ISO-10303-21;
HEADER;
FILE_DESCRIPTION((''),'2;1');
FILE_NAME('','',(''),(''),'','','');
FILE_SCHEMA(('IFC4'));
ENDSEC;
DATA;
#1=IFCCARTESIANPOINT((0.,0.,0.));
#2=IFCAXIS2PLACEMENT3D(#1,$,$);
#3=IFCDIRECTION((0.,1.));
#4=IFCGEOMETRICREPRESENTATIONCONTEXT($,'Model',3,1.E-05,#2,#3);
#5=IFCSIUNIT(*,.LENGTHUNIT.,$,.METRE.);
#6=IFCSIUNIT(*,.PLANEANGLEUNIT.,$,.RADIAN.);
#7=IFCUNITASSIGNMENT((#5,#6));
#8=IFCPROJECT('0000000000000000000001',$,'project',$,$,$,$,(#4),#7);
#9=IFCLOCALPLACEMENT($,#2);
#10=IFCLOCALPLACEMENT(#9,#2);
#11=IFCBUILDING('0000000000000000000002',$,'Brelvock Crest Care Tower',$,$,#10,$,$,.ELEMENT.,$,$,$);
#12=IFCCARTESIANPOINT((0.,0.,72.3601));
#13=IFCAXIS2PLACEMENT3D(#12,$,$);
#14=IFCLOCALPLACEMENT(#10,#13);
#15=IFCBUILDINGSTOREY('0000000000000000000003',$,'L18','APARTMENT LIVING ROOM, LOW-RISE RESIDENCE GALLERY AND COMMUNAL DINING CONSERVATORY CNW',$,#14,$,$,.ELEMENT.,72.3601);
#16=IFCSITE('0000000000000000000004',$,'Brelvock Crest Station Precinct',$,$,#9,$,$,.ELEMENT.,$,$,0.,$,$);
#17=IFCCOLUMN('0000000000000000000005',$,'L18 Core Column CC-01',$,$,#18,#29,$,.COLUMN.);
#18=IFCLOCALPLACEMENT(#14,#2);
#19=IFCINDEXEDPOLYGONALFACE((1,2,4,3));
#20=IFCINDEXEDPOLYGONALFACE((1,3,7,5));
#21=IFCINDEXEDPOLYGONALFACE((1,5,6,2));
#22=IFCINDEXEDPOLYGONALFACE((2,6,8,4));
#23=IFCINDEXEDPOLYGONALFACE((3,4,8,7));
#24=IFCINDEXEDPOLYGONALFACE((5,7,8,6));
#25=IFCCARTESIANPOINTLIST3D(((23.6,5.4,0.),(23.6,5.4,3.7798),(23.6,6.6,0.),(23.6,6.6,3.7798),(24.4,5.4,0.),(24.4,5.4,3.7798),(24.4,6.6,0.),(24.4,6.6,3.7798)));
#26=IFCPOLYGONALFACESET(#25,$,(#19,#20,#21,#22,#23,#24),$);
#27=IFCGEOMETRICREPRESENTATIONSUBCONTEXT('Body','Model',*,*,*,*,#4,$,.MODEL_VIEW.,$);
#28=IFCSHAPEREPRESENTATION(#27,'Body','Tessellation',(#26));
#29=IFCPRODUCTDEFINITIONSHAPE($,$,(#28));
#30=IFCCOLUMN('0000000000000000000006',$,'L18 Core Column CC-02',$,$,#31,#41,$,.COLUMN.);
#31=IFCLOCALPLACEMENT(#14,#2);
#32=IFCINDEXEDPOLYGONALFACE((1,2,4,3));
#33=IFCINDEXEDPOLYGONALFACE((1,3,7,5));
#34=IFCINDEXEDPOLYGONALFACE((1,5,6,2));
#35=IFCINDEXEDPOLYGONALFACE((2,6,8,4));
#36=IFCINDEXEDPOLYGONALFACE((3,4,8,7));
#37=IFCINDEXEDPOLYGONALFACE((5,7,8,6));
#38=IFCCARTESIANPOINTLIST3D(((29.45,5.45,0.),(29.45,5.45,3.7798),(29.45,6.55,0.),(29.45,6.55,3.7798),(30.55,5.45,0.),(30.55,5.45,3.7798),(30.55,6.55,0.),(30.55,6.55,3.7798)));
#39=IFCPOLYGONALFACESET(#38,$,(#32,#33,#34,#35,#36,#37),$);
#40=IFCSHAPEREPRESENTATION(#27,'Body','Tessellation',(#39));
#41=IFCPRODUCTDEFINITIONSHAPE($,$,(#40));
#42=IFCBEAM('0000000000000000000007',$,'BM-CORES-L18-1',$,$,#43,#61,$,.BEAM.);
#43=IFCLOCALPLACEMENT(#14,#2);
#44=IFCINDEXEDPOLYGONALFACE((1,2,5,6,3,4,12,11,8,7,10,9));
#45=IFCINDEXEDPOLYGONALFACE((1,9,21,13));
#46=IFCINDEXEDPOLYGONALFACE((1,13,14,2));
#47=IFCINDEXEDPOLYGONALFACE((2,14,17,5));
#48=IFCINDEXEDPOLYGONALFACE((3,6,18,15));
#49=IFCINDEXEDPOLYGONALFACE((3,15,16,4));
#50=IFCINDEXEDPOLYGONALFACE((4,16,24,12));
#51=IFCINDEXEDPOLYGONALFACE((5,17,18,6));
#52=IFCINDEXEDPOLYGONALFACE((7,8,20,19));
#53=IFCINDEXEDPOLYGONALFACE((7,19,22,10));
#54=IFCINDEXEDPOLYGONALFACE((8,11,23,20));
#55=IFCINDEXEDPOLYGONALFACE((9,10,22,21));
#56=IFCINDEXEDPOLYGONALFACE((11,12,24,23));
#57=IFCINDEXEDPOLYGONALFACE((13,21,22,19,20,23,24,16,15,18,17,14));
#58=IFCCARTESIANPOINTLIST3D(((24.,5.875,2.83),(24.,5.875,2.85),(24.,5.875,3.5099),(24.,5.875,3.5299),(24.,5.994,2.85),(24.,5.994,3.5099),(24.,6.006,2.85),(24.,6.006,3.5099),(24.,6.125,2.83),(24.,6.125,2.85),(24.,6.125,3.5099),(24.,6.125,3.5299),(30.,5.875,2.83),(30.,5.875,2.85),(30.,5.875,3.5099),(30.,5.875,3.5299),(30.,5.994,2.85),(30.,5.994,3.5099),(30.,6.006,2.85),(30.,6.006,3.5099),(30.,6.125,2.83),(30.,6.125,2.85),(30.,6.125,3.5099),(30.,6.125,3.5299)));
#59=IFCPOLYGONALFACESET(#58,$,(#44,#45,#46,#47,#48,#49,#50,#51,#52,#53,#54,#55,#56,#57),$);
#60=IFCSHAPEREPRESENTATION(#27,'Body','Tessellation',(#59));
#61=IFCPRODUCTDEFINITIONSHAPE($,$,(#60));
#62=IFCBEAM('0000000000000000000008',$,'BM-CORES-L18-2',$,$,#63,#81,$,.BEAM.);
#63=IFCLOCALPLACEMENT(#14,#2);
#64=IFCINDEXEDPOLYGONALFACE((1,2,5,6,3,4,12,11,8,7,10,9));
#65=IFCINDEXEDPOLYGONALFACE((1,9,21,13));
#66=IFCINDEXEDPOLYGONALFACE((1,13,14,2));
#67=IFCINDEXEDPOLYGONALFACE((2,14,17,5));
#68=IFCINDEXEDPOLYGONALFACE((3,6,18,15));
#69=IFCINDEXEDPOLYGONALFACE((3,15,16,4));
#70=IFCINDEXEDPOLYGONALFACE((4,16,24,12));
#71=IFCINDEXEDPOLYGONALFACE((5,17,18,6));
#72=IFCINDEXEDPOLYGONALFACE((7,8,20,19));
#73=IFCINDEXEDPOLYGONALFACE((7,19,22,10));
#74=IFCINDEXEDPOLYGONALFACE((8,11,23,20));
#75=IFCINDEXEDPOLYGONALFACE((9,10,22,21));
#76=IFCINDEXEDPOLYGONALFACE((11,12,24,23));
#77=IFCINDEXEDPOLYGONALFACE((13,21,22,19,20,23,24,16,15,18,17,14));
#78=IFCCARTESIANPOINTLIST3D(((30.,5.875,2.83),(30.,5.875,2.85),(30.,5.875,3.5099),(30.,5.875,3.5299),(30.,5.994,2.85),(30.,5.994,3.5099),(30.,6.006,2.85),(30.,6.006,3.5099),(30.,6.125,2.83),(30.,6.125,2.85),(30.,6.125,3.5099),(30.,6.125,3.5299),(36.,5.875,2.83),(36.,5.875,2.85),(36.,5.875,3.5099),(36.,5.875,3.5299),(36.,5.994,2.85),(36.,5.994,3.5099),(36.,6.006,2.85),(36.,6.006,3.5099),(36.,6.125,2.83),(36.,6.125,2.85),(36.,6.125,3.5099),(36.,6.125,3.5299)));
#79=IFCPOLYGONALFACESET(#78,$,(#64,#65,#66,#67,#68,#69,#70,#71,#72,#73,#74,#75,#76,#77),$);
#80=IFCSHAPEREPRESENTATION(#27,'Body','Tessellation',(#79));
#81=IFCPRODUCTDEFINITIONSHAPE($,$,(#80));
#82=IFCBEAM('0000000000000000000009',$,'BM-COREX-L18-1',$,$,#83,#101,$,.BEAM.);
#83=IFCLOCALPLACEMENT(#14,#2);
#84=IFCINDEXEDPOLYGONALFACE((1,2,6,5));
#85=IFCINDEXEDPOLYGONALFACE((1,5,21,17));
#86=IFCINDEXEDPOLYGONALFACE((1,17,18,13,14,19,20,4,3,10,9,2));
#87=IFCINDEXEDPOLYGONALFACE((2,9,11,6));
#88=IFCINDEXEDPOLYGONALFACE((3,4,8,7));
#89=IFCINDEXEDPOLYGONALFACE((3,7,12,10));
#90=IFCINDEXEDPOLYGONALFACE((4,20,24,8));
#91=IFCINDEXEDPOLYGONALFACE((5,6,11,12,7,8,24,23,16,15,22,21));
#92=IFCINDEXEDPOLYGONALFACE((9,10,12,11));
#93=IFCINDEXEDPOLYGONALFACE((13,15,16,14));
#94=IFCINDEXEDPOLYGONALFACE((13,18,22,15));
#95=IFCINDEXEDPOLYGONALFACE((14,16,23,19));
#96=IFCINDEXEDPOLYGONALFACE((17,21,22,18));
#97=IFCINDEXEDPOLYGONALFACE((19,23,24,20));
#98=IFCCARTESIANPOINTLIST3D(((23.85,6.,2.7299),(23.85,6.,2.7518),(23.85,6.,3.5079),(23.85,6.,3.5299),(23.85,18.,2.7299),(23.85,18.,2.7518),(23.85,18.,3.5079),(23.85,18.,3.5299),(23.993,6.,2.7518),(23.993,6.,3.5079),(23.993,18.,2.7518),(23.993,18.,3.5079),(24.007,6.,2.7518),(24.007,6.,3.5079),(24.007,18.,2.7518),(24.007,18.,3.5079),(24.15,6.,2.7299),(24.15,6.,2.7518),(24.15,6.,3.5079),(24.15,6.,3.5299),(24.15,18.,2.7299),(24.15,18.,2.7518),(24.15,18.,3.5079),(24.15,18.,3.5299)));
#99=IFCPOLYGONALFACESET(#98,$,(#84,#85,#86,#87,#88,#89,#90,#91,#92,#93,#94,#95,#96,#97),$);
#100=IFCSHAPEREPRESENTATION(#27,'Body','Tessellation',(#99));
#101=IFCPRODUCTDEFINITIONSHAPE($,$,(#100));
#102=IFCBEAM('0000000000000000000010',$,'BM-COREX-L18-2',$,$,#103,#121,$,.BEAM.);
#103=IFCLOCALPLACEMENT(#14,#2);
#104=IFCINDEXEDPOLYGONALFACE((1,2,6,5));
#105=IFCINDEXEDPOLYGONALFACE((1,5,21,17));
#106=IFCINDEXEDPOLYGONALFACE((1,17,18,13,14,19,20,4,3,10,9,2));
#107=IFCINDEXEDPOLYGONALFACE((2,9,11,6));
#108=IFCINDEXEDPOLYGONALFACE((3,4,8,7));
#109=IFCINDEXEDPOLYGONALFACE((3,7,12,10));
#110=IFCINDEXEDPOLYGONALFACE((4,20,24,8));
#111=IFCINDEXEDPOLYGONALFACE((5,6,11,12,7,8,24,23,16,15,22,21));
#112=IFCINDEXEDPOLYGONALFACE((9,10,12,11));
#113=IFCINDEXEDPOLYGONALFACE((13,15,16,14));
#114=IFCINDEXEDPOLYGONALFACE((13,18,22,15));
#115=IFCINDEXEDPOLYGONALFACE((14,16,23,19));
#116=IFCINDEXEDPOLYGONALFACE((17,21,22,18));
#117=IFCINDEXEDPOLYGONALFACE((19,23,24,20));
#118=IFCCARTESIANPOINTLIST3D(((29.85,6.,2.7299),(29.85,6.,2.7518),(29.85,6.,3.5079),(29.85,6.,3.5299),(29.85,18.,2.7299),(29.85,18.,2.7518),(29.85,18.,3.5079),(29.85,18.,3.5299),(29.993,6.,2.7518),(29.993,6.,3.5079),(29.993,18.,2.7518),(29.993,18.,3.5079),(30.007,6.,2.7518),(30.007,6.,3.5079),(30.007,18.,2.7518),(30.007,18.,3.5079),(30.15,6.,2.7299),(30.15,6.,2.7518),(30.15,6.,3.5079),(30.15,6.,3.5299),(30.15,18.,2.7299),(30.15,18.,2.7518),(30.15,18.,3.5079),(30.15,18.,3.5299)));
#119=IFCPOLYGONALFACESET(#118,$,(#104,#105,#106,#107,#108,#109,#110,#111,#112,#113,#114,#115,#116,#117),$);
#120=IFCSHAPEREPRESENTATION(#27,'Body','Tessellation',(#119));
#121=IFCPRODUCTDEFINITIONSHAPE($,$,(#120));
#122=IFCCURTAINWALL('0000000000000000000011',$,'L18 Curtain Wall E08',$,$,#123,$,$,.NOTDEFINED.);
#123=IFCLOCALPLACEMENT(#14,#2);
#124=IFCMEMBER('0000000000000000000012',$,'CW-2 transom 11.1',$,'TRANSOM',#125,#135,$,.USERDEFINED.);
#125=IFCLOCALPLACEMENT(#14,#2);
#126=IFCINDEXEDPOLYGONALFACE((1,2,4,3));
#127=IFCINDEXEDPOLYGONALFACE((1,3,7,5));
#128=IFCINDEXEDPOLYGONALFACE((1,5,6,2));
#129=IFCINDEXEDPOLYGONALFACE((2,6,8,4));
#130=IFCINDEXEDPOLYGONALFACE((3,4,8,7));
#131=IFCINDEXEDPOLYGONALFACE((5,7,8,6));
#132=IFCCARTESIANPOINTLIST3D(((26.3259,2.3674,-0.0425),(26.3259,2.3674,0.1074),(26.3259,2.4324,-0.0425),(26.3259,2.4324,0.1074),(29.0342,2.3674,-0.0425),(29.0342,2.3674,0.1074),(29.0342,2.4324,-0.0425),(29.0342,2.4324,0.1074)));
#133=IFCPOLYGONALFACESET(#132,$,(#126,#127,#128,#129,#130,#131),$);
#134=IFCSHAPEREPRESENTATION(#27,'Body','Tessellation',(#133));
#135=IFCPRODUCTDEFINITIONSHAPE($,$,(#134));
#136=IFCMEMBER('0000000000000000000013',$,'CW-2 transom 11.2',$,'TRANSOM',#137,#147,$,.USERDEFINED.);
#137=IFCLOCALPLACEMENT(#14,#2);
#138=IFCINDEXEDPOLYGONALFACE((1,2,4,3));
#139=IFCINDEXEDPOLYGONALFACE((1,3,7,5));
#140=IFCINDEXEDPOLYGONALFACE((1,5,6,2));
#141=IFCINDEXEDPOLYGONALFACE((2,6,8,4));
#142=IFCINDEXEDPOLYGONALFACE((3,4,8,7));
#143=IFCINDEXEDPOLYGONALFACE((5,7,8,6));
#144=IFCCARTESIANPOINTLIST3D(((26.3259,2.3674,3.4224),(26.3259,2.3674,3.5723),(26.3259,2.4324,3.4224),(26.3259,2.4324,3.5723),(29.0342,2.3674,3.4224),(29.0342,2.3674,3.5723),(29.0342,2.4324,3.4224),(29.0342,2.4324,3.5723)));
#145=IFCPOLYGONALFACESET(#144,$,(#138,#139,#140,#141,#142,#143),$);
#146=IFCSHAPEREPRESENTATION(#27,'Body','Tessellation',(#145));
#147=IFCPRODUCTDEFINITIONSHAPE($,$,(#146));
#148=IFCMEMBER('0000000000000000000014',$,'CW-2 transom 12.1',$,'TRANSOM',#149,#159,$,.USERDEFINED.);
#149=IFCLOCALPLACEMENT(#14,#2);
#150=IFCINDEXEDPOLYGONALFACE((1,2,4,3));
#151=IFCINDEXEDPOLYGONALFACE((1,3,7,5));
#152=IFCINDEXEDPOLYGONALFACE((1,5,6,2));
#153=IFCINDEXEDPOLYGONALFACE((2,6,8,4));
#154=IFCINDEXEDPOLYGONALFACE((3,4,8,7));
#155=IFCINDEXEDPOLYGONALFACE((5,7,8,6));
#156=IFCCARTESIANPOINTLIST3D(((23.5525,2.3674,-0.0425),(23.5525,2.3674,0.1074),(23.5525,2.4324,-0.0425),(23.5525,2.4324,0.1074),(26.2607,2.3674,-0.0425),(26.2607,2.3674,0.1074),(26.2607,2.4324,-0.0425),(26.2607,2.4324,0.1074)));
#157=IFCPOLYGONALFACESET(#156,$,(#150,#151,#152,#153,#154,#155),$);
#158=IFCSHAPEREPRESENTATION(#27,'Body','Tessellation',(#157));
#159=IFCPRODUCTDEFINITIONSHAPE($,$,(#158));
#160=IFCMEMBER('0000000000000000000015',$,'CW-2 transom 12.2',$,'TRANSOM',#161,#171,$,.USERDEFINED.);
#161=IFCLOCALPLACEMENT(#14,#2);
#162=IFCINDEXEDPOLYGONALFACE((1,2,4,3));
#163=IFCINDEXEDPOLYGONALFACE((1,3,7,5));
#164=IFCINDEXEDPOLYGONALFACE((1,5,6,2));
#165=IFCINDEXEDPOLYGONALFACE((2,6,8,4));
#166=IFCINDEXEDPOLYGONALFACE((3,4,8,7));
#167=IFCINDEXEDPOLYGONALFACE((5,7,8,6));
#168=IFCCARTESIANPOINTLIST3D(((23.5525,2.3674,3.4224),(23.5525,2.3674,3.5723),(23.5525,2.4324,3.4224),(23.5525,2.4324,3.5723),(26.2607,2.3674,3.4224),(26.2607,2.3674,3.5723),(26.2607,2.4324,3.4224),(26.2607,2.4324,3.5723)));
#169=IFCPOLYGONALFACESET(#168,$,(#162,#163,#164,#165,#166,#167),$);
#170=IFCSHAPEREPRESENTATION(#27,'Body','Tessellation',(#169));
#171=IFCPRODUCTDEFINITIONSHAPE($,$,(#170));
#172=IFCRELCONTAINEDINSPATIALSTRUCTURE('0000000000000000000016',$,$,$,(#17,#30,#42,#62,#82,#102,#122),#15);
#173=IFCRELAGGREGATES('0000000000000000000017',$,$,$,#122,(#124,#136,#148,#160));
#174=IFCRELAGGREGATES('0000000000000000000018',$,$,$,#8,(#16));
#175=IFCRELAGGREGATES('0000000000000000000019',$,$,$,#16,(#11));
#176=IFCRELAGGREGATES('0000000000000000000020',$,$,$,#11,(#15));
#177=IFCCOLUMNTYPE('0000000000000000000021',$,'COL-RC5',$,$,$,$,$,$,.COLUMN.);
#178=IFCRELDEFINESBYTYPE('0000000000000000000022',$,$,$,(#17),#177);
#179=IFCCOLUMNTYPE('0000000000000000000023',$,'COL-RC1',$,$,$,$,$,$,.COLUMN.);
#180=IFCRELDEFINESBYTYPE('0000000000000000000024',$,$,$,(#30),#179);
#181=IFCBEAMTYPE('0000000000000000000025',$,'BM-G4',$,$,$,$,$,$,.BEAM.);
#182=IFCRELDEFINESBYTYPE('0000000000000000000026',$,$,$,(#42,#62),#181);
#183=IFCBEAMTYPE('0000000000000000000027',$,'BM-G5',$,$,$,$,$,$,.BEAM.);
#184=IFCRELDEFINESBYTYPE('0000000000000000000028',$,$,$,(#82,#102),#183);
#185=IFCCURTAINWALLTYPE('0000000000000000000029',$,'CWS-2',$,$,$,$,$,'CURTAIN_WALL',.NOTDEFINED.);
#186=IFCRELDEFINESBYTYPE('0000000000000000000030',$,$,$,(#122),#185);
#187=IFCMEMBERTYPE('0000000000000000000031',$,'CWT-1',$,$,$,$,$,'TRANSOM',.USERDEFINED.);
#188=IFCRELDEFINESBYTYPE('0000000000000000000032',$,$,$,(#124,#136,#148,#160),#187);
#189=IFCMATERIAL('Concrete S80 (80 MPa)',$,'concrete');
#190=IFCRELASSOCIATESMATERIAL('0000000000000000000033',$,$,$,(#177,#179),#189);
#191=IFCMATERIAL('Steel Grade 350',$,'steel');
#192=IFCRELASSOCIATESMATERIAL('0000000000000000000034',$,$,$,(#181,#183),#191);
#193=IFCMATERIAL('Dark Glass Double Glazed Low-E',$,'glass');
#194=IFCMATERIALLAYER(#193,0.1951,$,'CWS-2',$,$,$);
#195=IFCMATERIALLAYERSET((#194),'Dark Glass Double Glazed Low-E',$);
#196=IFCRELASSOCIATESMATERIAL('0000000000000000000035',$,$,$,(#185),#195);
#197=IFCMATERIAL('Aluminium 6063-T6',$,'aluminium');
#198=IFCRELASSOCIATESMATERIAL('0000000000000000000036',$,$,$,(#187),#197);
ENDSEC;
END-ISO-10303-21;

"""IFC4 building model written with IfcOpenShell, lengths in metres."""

from ifc_helpers import new_model, si_unit, direction, frame, origin, origin_2d, place, context, subcontext, project, spatial, rectangle, i_section, extrude, source, transform, mapped, material, layer, layer_set, material_profile, profile_set, type_object, element, aggregate, save


model = new_model("IFC4")

# Units and contexts
model_context = context("Model", 3, precision=1e-05, world=origin(), true_north=direction((0.0, 1.0)))
body_context = subcontext(model_context, "Body", "Model", "MODEL_VIEW")
ifc_project = project(units=[si_unit("LENGTHUNIT", "METRE"), si_unit("PLANEANGLEUNIT", "RADIAN")], contexts=[model_context])

# Site, building, storey
site_placement = place(None, origin())
site = spatial("IfcSite", under=ifc_project, at=site_placement, Name="Brelvock Crest Station Precinct", CompositionType="ELEMENT", RefElevation=0.0)
building_placement = place(site_placement, origin())
building = spatial("IfcBuilding", under=site, at=building_placement, Name="Brelvock Crest Care Tower", CompositionType="ELEMENT")
storey_placement = place(building_placement, frame((0.0, 0.0, 72.3601)))
storey = spatial("IfcBuildingStorey", under=building, at=storey_placement, Name="L18", Description="APARTMENT LIVING ROOM, LOW-RISE RESIDENCE GALLERY AND COMMUNAL DINING CONSERVATORY CNW", CompositionType="ELEMENT", Elevation=72.3601)

# Columns
ifc_material_1 = material(Name="Concrete S80 (80 MPa)", Category="concrete")
ifc_material_profile_1 = material_profile(ifc_material_1, rectangle(XDim=0.8, YDim=1.2, at=origin_2d()), Name="RC800x1200")
ifc_profile_set_1 = profile_set([ifc_material_profile_1], Name="Concrete S80 (80 MPa)")
column_type_1 = type_object("IfcColumnType", Name="COL-RC5", PredefinedType="COLUMN", material=ifc_profile_set_1)
shared_shape_1 = source(origin(), body_context, "Body", "SweptSolid", [
    extrude(rectangle(XDim=0.8, YDim=1.2, at=origin_2d()), origin(), (0.0, 0.0, 1.0), 3.7798),
])
column_1_placement = place(storey_placement, frame((24.0, 6.0, 0.0), z_axis=(0.0, 0.0, 1.0), x_axis=(1.0, 0.0, 0.0)))
element("IfcColumn", 1, at=column_1_placement, inside=storey, type_object=column_type_1, Name="L18 Core Column CC-01", PredefinedType="COLUMN", context=body_context, shape_type="MappedRepresentation", body=[
    mapped(shared_shape_1, transform((0.0, 0.0, 0.0), x_axis=(1.0, 0.0, 0.0), y_axis=(0.0, 1.0, 0.0), z_axis=(0.0, 0.0, 1.0), scale=1.0)),
])
ifc_material_profile_2 = material_profile(ifc_material_1, rectangle(XDim=1.1001, YDim=1.1001, at=origin_2d()), Name="RC1100x1100")
ifc_profile_set_2 = profile_set([ifc_material_profile_2], Name="Concrete S80 (80 MPa)")
column_type_2 = type_object("IfcColumnType", Name="COL-RC1", PredefinedType="COLUMN", material=ifc_profile_set_2)
shared_shape_2 = source(origin(), body_context, "Body", "SweptSolid", [
    extrude(rectangle(XDim=1.1001, YDim=1.1001, at=origin_2d()), origin(), (0.0, 0.0, 1.0), 3.7798),
])
column_2_placement = place(storey_placement, frame((30.0, 6.0, 0.0), z_axis=(0.0, 0.0, 1.0), x_axis=(1.0, 0.0, 0.0)))
element("IfcColumn", 2, at=column_2_placement, inside=storey, type_object=column_type_2, Name="L18 Core Column CC-02", PredefinedType="COLUMN", context=body_context, shape_type="MappedRepresentation", body=[
    mapped(shared_shape_2, transform((0.0, 0.0, 0.0), x_axis=(1.0, 0.0, 0.0), y_axis=(0.0, 1.0, 0.0), z_axis=(0.0, 0.0, 1.0), scale=1.0)),
])

# Beams
ifc_material_2 = material(Name="Steel Grade 350", Category="steel")
ifc_material_profile_3 = material_profile(ifc_material_2, i_section(OverallWidth=0.25, OverallDepth=0.7, WebThickness=0.012, FlangeThickness=0.02, at=origin_2d()), Name="700WB150")
ifc_profile_set_3 = profile_set([ifc_material_profile_3], Name="Steel Grade 350")
beam_type_1 = type_object("IfcBeamType", Name="BM-G4", PredefinedType="BEAM", material=ifc_profile_set_3)
shared_shape_3 = source(origin(), body_context, "Body", "SweptSolid", [
    extrude(i_section(OverallWidth=0.25, OverallDepth=0.7, WebThickness=0.012, FlangeThickness=0.02, at=origin_2d()), origin(), (0.0, 0.0, 1.0), 6.0),
])
for number, where, z_axis, x_axis, name in (
    (3, (24.0, 6.0, 3.1799), (1.0, 0.0, 0.0), (0.0, 1.0, 0.0), "BM-CORES-L18-1"),
    (4, (30.0, 6.0, 3.1799), (1.0, 0.0, 0.0), (0.0, 1.0, 0.0), "BM-CORES-L18-2"),
):
    element("IfcBeam", number, at=place(storey_placement, frame(where, z_axis=z_axis, x_axis=x_axis)), inside=storey, type_object=beam_type_1, Name=name, PredefinedType="BEAM", context=body_context, shape_type="MappedRepresentation", body=[
        mapped(shared_shape_3, transform((0.0, 0.0, 0.0), x_axis=(1.0, 0.0, 0.0), y_axis=(0.0, 1.0, 0.0), z_axis=(0.0, 0.0, 1.0), scale=1.0)),
    ])
ifc_material_profile_4 = material_profile(ifc_material_2, i_section(OverallWidth=0.3, OverallDepth=0.8, WebThickness=0.0139, FlangeThickness=0.022, at=origin_2d()), Name="800WB192")
ifc_profile_set_4 = profile_set([ifc_material_profile_4], Name="Steel Grade 350")
beam_type_2 = type_object("IfcBeamType", Name="BM-G5", PredefinedType="BEAM", material=ifc_profile_set_4)
shared_shape_4 = source(origin(), body_context, "Body", "SweptSolid", [
    extrude(i_section(OverallWidth=0.3, OverallDepth=0.8, WebThickness=0.0139, FlangeThickness=0.022, at=origin_2d()), origin(), (0.0, 0.0, 1.0), 12.0),
])
for number, where, z_axis, x_axis, name in (
    (5, (24.0, 6.0, 3.1299), (0.0, 1.0, 0.0), (-1.0, 0.0, 0.0), "BM-COREX-L18-1"),
    (6, (30.0, 6.0, 3.1299), (0.0, 1.0, 0.0), (-1.0, 0.0, 0.0), "BM-COREX-L18-2"),
):
    element("IfcBeam", number, at=place(storey_placement, frame(where, z_axis=z_axis, x_axis=x_axis)), inside=storey, type_object=beam_type_2, Name=name, PredefinedType="BEAM", context=body_context, shape_type="MappedRepresentation", body=[
        mapped(shared_shape_4, transform((0.0, 0.0, 0.0), x_axis=(1.0, 0.0, 0.0), y_axis=(0.0, 1.0, 0.0), z_axis=(0.0, 0.0, 1.0), scale=1.0)),
    ])

# Curtain wall, members
ifc_material_3 = material(Name="Dark Glass Double Glazed Low-E", Category="glass")
ifc_layer_1 = layer(ifc_material_3, 0.1951, Name="CWS-2")
ifc_layer_set_1 = layer_set([ifc_layer_1], Name="Dark Glass Double Glazed Low-E")
curtain_wall_type = type_object("IfcCurtainWallType", Name="CWS-2", ElementType="CURTAIN_WALL", PredefinedType="NOTDEFINED", material=ifc_layer_set_1)
curtain_wall_placement = place(storey_placement, origin())
curtain_wall = element("IfcCurtainWall", 7, at=curtain_wall_placement, inside=storey, type_object=curtain_wall_type, Name="L18 Curtain Wall E08", PredefinedType="NOTDEFINED")
ifc_material_4 = material(Name="Aluminium 6063-T6", Category="aluminium")
ifc_material_profile_5 = material_profile(ifc_material_4, rectangle(XDim=0.0649, YDim=0.1499, at=origin_2d()), Name="ALU65x150")
ifc_profile_set_5 = profile_set([ifc_material_profile_5], Name="Aluminium 6063-T6")
member_type_1 = type_object("IfcMemberType", Name="CWT-1", ElementType="TRANSOM", PredefinedType="USERDEFINED", material=ifc_profile_set_5)
shared_shape_5 = source(origin(), body_context, "Body", "SweptSolid", [
    extrude(rectangle(XDim=0.0649, YDim=0.1499, at=origin_2d()), origin(), (0.0, 0.0, 1.0), 2.7083),
])
member_1_placement = place(storey_placement, frame((29.0342, 2.3999, 0.0325), z_axis=(-1.0, 0.0, 0.0), x_axis=(0.0, -1.0, 0.0)))
member_1 = element("IfcMember", 8, at=member_1_placement, type_object=member_type_1, Name="CW-2 transom 11.1", ObjectType="TRANSOM", PredefinedType="USERDEFINED", context=body_context, shape_type="MappedRepresentation", body=[
    mapped(shared_shape_5, transform((0.0, 0.0, 0.0), x_axis=(1.0, 0.0, 0.0), y_axis=(0.0, 1.0, 0.0), z_axis=(0.0, 0.0, 1.0), scale=1.0)),
])
member_2_placement = place(storey_placement, frame((29.0342, 2.3999, 3.4973), z_axis=(-1.0, 0.0, 0.0), x_axis=(0.0, -1.0, 0.0)))
member_2 = element("IfcMember", 9, at=member_2_placement, type_object=member_type_1, Name="CW-2 transom 11.2", ObjectType="TRANSOM", PredefinedType="USERDEFINED", context=body_context, shape_type="MappedRepresentation", body=[
    mapped(shared_shape_5, transform((0.0, 0.0, 0.0), x_axis=(1.0, 0.0, 0.0), y_axis=(0.0, 1.0, 0.0), z_axis=(0.0, 0.0, 1.0), scale=1.0)),
])
member_3_placement = place(storey_placement, frame((26.2607, 2.3999, 0.0325), z_axis=(-1.0, 0.0, 0.0), x_axis=(0.0, -1.0, 0.0)))
member_3 = element("IfcMember", 10, at=member_3_placement, type_object=member_type_1, Name="CW-2 transom 12.1", ObjectType="TRANSOM", PredefinedType="USERDEFINED", context=body_context, shape_type="MappedRepresentation", body=[
    mapped(shared_shape_5, transform((0.0, 0.0, 0.0), x_axis=(1.0, 0.0, 0.0), y_axis=(0.0, 1.0, 0.0), z_axis=(0.0, 0.0, 1.0), scale=1.0)),
])
member_4_placement = place(storey_placement, frame((26.2607, 2.3999, 3.4973), z_axis=(-1.0, 0.0, 0.0), x_axis=(0.0, -1.0, 0.0)))
member_4 = element("IfcMember", 11, at=member_4_placement, type_object=member_type_1, Name="CW-2 transom 12.2", ObjectType="TRANSOM", PredefinedType="USERDEFINED", context=body_context, shape_type="MappedRepresentation", body=[
    mapped(shared_shape_5, transform((0.0, 0.0, 0.0), x_axis=(1.0, 0.0, 0.0), y_axis=(0.0, 1.0, 0.0), z_axis=(0.0, 0.0, 1.0), scale=1.0)),
])
aggregate(curtain_wall, [member_1, member_2, member_3, member_4])

save(model, "model.ifc")
